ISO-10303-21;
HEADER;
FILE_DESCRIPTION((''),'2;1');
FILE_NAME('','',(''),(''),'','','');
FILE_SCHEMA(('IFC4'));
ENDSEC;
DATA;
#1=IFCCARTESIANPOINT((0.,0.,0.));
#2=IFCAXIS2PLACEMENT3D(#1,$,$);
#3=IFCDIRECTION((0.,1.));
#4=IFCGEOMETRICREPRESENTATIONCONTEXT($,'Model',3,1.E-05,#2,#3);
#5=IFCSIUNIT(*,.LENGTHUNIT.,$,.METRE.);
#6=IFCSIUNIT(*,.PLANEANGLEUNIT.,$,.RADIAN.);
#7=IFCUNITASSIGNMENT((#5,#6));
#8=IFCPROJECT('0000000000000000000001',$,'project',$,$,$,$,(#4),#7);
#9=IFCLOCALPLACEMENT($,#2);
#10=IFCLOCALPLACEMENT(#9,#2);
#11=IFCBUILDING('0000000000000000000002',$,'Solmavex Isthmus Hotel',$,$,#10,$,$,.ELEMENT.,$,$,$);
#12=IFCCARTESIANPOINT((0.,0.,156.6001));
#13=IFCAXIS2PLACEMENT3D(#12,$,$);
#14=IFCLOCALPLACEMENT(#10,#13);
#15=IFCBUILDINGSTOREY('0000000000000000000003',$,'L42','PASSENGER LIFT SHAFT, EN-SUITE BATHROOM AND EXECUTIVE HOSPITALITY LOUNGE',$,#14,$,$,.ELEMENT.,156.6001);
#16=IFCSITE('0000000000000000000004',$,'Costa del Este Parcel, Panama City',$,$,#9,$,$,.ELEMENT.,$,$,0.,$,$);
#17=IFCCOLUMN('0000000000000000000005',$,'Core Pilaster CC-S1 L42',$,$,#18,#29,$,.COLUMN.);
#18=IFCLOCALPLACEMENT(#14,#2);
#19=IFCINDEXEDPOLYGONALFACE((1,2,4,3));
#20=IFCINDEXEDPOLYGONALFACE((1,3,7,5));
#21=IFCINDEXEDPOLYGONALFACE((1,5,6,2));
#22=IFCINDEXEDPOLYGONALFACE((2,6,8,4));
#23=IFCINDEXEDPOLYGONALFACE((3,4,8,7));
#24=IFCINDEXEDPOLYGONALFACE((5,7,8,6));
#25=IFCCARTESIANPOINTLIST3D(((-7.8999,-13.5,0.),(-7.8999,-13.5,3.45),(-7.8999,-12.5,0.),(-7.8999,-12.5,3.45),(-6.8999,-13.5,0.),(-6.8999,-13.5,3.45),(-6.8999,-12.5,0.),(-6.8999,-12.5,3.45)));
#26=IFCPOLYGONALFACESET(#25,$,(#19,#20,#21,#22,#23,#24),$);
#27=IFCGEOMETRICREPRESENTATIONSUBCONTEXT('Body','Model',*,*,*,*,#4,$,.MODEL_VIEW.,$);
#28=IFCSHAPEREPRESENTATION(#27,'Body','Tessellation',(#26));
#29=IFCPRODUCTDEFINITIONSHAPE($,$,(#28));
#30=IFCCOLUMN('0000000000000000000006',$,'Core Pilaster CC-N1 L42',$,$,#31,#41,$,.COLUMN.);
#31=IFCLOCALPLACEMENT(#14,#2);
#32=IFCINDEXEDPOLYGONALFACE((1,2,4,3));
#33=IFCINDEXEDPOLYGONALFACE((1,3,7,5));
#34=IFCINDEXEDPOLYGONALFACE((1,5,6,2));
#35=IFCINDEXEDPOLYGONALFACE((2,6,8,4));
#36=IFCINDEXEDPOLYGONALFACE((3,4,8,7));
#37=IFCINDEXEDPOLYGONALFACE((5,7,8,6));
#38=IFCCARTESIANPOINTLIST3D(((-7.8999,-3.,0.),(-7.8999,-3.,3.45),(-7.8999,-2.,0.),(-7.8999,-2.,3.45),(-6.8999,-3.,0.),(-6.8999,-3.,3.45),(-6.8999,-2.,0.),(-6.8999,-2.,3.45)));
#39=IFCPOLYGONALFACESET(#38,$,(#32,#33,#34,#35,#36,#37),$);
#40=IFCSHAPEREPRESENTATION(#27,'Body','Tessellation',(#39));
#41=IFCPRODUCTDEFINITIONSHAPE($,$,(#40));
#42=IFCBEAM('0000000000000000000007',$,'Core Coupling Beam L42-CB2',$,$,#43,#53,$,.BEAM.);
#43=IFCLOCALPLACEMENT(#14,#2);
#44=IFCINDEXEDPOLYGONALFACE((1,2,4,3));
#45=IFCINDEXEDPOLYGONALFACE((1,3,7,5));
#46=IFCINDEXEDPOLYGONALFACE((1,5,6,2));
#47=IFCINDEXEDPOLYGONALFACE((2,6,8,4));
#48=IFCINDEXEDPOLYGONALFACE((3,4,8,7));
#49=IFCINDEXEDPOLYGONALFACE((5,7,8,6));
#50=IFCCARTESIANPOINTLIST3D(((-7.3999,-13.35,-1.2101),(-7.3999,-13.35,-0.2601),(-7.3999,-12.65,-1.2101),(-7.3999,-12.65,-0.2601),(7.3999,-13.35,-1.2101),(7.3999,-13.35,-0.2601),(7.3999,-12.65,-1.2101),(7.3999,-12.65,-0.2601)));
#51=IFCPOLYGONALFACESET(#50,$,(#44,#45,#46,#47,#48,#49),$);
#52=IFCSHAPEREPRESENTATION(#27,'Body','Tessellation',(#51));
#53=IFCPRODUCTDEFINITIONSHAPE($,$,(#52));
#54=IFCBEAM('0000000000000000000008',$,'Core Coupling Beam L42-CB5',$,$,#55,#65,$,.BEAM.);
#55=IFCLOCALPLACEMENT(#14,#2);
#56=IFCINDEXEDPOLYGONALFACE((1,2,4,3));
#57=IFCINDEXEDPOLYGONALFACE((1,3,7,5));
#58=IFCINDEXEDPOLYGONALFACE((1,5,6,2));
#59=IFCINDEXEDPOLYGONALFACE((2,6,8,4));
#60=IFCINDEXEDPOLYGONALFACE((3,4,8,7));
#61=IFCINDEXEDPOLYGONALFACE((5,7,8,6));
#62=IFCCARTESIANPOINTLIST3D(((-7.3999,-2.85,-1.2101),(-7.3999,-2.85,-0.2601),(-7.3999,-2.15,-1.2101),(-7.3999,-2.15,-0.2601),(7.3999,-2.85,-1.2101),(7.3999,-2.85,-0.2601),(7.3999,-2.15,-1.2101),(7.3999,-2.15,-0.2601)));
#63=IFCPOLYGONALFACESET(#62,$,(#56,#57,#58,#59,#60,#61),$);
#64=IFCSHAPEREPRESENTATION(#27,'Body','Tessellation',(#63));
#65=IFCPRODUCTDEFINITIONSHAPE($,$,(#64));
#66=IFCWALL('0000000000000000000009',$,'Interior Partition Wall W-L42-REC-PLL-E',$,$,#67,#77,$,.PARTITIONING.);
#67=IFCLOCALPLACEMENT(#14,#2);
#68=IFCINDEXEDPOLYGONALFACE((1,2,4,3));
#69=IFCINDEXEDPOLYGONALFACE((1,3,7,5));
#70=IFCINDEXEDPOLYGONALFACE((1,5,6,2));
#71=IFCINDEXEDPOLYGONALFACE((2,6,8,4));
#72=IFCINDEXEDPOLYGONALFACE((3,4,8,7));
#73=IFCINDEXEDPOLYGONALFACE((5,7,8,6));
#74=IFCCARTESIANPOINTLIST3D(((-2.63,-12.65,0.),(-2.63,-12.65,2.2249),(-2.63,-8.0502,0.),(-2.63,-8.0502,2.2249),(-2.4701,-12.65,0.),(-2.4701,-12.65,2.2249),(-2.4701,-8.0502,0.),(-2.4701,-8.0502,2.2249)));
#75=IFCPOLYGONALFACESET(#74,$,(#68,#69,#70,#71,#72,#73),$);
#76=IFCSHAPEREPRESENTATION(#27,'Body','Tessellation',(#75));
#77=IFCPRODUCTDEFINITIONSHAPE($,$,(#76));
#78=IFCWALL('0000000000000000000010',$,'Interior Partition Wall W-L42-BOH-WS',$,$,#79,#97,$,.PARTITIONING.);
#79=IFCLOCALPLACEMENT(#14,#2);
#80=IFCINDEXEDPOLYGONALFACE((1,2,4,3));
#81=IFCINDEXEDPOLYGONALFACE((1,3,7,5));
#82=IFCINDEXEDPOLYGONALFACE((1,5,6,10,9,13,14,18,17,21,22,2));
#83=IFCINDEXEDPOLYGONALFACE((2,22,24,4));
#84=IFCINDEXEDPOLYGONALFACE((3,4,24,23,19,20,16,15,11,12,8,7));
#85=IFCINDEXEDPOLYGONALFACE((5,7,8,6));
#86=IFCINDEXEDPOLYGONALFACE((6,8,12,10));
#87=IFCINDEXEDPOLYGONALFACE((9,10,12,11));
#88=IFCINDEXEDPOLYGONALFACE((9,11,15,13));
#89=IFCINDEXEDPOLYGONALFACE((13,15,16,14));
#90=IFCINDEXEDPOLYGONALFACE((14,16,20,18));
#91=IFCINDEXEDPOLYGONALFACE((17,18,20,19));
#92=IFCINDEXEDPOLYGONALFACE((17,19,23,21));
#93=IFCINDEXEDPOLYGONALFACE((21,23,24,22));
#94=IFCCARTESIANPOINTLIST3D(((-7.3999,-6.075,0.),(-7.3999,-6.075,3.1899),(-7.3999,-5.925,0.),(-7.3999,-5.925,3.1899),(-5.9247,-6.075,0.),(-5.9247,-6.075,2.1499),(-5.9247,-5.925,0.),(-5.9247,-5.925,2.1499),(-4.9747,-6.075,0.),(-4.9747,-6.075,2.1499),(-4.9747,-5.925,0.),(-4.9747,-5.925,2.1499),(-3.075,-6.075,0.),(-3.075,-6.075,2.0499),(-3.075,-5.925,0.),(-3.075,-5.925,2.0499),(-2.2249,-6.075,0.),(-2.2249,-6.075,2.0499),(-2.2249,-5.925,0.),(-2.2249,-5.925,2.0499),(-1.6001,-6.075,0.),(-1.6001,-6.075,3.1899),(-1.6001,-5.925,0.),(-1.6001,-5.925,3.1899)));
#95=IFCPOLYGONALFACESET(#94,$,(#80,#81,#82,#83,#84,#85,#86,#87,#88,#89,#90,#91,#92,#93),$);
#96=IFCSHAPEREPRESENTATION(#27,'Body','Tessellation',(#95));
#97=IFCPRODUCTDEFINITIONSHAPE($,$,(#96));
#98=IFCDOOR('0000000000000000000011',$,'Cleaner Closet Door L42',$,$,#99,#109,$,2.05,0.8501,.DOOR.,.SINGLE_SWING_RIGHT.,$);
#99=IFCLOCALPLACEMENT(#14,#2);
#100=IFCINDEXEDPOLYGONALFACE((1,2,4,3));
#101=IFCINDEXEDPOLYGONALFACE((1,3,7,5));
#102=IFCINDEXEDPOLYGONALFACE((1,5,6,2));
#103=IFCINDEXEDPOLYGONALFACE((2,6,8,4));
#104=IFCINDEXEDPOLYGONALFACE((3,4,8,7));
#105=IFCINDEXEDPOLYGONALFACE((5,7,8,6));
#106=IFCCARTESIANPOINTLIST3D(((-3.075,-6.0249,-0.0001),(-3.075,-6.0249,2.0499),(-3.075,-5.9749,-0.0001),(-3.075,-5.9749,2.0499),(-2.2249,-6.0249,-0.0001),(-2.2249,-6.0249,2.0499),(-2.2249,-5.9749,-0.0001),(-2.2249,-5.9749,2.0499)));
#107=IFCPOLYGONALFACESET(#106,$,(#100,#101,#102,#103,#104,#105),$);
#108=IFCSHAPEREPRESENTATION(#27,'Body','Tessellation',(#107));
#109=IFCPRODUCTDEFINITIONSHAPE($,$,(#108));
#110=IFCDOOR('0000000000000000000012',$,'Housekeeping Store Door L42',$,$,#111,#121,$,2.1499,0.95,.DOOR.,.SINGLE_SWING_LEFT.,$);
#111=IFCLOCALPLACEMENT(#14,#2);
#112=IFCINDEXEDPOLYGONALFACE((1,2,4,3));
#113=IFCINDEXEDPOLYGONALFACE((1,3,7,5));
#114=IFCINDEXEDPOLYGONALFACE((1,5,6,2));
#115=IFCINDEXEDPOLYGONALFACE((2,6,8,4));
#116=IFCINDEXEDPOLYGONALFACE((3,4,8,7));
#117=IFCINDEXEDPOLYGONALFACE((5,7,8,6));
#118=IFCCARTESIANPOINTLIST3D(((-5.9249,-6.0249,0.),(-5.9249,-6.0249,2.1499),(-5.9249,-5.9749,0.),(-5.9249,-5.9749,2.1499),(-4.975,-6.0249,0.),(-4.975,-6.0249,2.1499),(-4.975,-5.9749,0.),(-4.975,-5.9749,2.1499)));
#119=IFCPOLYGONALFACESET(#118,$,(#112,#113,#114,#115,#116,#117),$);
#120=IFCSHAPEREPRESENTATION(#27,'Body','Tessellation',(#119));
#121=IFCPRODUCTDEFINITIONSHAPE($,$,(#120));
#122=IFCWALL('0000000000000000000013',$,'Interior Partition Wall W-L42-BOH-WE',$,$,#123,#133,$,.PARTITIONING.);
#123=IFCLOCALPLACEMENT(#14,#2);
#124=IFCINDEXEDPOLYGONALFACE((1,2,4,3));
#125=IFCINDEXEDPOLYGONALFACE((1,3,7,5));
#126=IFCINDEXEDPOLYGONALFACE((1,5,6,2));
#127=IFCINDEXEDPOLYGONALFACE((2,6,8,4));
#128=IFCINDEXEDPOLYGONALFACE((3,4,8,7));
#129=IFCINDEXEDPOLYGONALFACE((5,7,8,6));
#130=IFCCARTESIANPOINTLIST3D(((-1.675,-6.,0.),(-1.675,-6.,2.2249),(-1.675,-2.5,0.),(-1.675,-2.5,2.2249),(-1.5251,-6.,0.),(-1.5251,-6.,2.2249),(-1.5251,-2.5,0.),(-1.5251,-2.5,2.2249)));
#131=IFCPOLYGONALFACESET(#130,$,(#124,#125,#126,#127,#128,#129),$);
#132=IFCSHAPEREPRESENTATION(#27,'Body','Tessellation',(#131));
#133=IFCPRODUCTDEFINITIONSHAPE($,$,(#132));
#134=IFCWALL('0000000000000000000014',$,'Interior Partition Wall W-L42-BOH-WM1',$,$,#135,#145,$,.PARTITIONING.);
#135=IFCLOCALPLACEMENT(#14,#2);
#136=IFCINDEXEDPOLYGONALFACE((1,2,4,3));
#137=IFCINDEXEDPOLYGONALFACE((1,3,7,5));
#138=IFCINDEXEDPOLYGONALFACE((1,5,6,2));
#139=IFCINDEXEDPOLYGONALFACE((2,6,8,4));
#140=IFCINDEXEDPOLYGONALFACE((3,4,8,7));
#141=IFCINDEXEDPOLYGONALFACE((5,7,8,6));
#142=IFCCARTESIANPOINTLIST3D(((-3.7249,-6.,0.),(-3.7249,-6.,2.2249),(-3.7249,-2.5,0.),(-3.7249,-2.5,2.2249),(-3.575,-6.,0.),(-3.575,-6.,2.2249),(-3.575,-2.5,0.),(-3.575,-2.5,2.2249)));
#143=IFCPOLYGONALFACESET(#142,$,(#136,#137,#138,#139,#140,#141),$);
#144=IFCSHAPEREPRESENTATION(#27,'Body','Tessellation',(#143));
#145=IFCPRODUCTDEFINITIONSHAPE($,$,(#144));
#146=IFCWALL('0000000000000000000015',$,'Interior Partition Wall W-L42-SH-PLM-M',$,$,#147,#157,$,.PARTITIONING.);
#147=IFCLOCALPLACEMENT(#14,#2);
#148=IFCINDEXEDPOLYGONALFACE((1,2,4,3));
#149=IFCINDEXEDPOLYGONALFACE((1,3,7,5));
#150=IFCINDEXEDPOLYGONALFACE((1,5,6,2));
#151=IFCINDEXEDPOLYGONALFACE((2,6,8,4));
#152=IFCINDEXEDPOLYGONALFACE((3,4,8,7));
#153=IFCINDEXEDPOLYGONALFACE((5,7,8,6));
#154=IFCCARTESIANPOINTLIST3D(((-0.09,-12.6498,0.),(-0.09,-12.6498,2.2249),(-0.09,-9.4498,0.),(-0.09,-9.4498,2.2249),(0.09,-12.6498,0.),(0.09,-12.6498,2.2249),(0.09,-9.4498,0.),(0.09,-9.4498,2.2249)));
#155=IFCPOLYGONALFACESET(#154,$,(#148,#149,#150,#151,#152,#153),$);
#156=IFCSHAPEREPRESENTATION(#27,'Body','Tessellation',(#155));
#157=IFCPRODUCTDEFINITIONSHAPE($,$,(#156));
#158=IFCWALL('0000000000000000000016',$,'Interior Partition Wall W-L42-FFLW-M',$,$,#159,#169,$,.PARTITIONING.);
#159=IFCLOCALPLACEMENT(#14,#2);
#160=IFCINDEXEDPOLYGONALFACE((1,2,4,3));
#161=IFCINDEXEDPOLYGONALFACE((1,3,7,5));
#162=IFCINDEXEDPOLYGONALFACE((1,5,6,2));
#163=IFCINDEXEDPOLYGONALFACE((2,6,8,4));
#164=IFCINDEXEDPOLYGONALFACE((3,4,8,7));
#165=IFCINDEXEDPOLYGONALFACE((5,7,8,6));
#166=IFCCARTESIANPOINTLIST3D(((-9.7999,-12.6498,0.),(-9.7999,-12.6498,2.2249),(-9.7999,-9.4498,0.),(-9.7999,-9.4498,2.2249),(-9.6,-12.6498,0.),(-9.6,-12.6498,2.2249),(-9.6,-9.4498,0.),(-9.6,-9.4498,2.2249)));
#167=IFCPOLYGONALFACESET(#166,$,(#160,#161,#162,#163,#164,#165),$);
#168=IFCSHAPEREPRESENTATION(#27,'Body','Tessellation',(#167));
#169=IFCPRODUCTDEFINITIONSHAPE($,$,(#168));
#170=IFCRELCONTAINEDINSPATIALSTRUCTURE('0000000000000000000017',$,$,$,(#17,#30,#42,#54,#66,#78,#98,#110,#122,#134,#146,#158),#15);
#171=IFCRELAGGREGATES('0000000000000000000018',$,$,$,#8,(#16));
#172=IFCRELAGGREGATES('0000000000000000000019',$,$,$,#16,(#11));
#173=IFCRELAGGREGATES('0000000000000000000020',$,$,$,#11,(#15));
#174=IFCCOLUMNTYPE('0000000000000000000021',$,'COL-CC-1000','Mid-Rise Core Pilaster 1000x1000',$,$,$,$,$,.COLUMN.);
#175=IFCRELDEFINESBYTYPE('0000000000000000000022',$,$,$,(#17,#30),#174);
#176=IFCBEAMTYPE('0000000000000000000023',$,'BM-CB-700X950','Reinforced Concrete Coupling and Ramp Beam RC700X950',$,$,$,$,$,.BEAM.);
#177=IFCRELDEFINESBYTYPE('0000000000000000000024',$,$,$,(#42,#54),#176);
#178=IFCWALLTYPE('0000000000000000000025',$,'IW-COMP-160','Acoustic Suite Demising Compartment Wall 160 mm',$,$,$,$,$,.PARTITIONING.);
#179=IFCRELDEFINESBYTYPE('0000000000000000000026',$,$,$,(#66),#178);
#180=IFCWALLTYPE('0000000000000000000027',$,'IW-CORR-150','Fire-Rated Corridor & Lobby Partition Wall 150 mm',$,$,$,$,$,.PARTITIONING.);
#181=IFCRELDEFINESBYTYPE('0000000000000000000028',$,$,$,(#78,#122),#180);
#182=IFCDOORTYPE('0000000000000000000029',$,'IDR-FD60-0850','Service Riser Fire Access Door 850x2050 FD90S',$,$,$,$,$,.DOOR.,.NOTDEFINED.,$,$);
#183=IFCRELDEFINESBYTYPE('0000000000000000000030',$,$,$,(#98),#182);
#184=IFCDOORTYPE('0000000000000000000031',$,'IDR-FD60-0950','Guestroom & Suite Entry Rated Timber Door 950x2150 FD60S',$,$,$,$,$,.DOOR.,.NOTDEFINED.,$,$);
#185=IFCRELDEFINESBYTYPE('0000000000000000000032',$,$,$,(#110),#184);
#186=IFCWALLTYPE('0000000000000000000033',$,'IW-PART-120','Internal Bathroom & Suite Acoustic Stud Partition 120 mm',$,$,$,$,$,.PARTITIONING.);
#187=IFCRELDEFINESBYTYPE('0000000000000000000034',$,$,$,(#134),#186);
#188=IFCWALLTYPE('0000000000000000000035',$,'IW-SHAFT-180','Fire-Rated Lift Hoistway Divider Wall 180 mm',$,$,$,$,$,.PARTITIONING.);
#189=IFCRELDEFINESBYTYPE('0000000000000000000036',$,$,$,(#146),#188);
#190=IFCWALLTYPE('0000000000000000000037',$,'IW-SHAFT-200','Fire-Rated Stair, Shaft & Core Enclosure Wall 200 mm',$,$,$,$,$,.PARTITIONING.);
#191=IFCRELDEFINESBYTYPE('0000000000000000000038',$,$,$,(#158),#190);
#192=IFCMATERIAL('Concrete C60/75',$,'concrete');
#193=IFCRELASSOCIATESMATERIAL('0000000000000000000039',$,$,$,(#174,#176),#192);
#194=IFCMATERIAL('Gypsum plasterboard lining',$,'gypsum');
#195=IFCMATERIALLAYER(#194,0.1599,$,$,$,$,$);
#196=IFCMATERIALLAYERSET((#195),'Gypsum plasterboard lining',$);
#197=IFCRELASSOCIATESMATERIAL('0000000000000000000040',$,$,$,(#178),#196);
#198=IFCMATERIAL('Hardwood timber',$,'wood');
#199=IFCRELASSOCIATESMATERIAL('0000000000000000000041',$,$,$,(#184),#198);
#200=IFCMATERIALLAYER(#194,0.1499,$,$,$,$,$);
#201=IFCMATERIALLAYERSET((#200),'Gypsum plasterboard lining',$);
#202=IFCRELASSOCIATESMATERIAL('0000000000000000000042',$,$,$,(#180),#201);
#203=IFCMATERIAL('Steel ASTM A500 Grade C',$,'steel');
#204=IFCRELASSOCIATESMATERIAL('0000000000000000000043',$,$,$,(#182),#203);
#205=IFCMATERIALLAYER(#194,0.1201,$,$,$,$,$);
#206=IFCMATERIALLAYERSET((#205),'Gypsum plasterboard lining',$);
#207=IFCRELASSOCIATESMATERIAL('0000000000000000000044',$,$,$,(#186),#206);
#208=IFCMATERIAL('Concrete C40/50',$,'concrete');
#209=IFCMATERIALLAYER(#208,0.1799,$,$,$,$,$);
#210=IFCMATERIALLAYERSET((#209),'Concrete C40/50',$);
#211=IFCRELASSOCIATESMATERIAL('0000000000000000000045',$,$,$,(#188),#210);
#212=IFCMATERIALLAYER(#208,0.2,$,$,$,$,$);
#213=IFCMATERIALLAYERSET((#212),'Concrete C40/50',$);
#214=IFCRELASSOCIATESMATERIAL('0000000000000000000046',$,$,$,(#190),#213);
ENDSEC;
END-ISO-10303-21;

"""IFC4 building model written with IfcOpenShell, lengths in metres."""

from ifc_helpers import new_model, si_unit, direction, frame, frame_2d, origin, origin_2d, place, context, subcontext, project, spatial, rectangle, extrude, material, layer, layer_set, material_profile, profile_set, type_object, element, fill, save


model = new_model("IFC4")

# Units and contexts
model_context = context("Model", 3, precision=1e-05, world=origin(), true_north=direction((0.0, 1.0)))
body_context = subcontext(model_context, "Body", "Model", "MODEL_VIEW")
ifc_project = project(units=[si_unit("LENGTHUNIT", "METRE"), si_unit("PLANEANGLEUNIT", "RADIAN")], contexts=[model_context])

# Site, building, storey
site_placement = place(None, origin())
site = spatial("IfcSite", under=ifc_project, at=site_placement, Name="Costa del Este Parcel, Panama City", CompositionType="ELEMENT", RefElevation=0.0)
building_placement = place(site_placement, origin())
building = spatial("IfcBuilding", under=site, at=building_placement, Name="Solmavex Isthmus Hotel", CompositionType="ELEMENT")
storey_placement = place(building_placement, frame((0.0, 0.0, 156.6001)))
storey = spatial("IfcBuildingStorey", under=building, at=storey_placement, Name="L42", Description="PASSENGER LIFT SHAFT, EN-SUITE BATHROOM AND EXECUTIVE HOSPITALITY LOUNGE", CompositionType="ELEMENT", Elevation=156.6001)

# Columns
ifc_material_1 = material(Name="Concrete C60/75", Category="concrete")
ifc_material_profile_1 = material_profile(ifc_material_1, rectangle(XDim=1.0, YDim=1.0, at=origin_2d()), Name="RC1000X1000")
ifc_profile_set_1 = profile_set([ifc_material_profile_1], Name="Concrete C60/75")
column_type = type_object("IfcColumnType", Name="COL-CC-1000", Description="Mid-Rise Core Pilaster 1000x1000", PredefinedType="COLUMN", material=ifc_profile_set_1)
for number, where, z_axis, x_axis, name in (
    (1, (-7.3999, -13.0, 0.0), (0.0, 0.0, 1.0), (1.0, 0.0, 0.0), "Core Pilaster CC-S1 L42"),
    (2, (-7.3999, -2.5, 0.0), (0.0, 0.0, 1.0), (1.0, 0.0, 0.0), "Core Pilaster CC-N1 L42"),
):
    element("IfcColumn", number, at=place(storey_placement, frame(where, z_axis=z_axis, x_axis=x_axis)), inside=storey, type_object=column_type, Name=name, PredefinedType="COLUMN", context=body_context, shape_type="SweptSolid", body=[
        extrude(rectangle(XDim=1.0, YDim=1.0, at=origin_2d()), origin(), (0.0, 0.0, 1.0), 3.45),
    ])

# Beams
ifc_material_profile_2 = material_profile(ifc_material_1, rectangle(XDim=0.7, YDim=0.95, at=origin_2d()), Name="RC700X950")
ifc_profile_set_2 = profile_set([ifc_material_profile_2], Name="Concrete C60/75")
beam_type = type_object("IfcBeamType", Name="BM-CB-700X950", Description="Reinforced Concrete Coupling and Ramp Beam RC700X950", PredefinedType="BEAM", material=ifc_profile_set_2)
for number, where, z_axis, x_axis, name in (
    (3, (-7.3999, -13.0, -0.7351), (1.0, 0.0, 0.0), (0.0, 1.0, 0.0), "Core Coupling Beam L42-CB2"),
    (4, (-7.3999, -2.5, -0.7351), (1.0, 0.0, 0.0), (0.0, 1.0, 0.0), "Core Coupling Beam L42-CB5"),
):
    element("IfcBeam", number, at=place(storey_placement, frame(where, z_axis=z_axis, x_axis=x_axis)), inside=storey, type_object=beam_type, Name=name, PredefinedType="BEAM", context=body_context, shape_type="SweptSolid", body=[
        extrude(rectangle(XDim=0.7, YDim=0.95, at=origin_2d()), origin(), (0.0, 0.0, 1.0), 14.7998),
    ])

# Shared definitions
ifc_material_2 = material(Name="Gypsum plasterboard lining", Category="gypsum")
ifc_layer_1 = layer(ifc_material_2, 0.1599)
ifc_layer_set_1 = layer_set([ifc_layer_1], Name="Gypsum plasterboard lining")
wall_type_1 = type_object("IfcWallType", Name="IW-COMP-160", Description="Acoustic Suite Demising Compartment Wall 160 mm", PredefinedType="PARTITIONING", material=ifc_layer_set_1)
ifc_material_3 = material(Name="Hardwood timber", Category="wood")
door_type_1 = type_object("IfcDoorType", Name="IDR-FD60-0950", Description="Guestroom & Suite Entry Rated Timber Door 950x2150 FD60S", OperationType="NOTDEFINED", PredefinedType="DOOR", material=ifc_material_3)

# Wall
wall_1_placement = place(storey_placement, frame((-2.55, -12.6499, 0.0), z_axis=(0.0, 0.0, 1.0), x_axis=(0.0, 1.0, 0.0)))
element("IfcWall", 5, at=wall_1_placement, inside=storey, type_object=wall_type_1, Name="Interior Partition Wall W-L42-REC-PLL-E", PredefinedType="PARTITIONING", context=body_context, shape_type="SweptSolid", body=[
    extrude(rectangle(XDim=4.5999, YDim=0.1599, at=frame_2d((2.2998, 0.0))), origin(), (0.0, 0.0, 1.0), 2.2249),
])

# Wall, openings, doors
ifc_layer_2 = layer(ifc_material_2, 0.1499)
ifc_layer_set_2 = layer_set([ifc_layer_2], Name="Gypsum plasterboard lining")
wall_type_2 = type_object("IfcWallType", Name="IW-CORR-150", Description="Fire-Rated Corridor & Lobby Partition Wall 150 mm", PredefinedType="PARTITIONING", material=ifc_layer_set_2)
wall_2_placement = place(storey_placement, frame((-7.3999, -6.0, 0.0), z_axis=(0.0, 0.0, 1.0), x_axis=(1.0, 0.0, 0.0)))
wall_2 = element("IfcWall", 6, at=wall_2_placement, inside=storey, type_object=wall_type_2, Name="Interior Partition Wall W-L42-BOH-WS", PredefinedType="PARTITIONING", context=body_context, shape_type="SweptSolid", body=[
    extrude(rectangle(XDim=5.7998, YDim=0.1499, at=frame_2d((2.8999, 0.0))), origin(), (0.0, 0.0, 1.0), 3.1899),
])
opening_1_placement = place(wall_2_placement, frame((1.4751, 0.0, 0.0)))
opening_1 = element("IfcOpeningElement", 7, at=opening_1_placement, cuts=wall_2, PredefinedType="OPENING", context=body_context, shape_type="SweptSolid", body=[
    extrude(rectangle(XDim=0.95, YDim=2.1499, at=frame_2d((0.4751, 1.075))), frame((0.0, 0.085, 0.0), z_axis=(0.0, -1.0, 0.0), x_axis=(1.0, 0.0, 0.0)), (0.0, 0.0, 1.0), 0.1699),
])
opening_2_placement = place(wall_2_placement, frame((4.325, 0.0, 0.0)))
opening_2 = element("IfcOpeningElement", 8, at=opening_2_placement, cuts=wall_2, PredefinedType="OPENING", context=body_context, shape_type="SweptSolid", body=[
    extrude(rectangle(XDim=0.8501, YDim=2.05, at=frame_2d((0.425, 1.0249))), frame((0.0, 0.085, 0.0), z_axis=(0.0, -1.0, 0.0), x_axis=(1.0, 0.0, 0.0)), (0.0, 0.0, 1.0), 0.1699),
])
ifc_material_4 = material(Name="Steel ASTM A500 Grade C", Category="steel")
door_type_2 = type_object("IfcDoorType", Name="IDR-FD60-0850", Description="Service Riser Fire Access Door 850x2050 FD90S", OperationType="NOTDEFINED", PredefinedType="DOOR", material=ifc_material_4)
door_1_placement = place(opening_2_placement, frame((0.8501, 0.0, 0.0), z_axis=(0.0, 0.0, 1.0), x_axis=(-1.0, 0.0, 0.0)))
door_1 = element("IfcDoor", 9, at=door_1_placement, inside=storey, type_object=door_type_2, Name="Cleaner Closet Door L42", OperationType="SINGLE_SWING_RIGHT", OverallHeight=2.05, OverallWidth=0.8501, PredefinedType="DOOR", context=body_context, shape_type="SweptSolid", body=[
    extrude(rectangle(XDim=0.8501, YDim=2.05, at=frame_2d((0.425, 1.0249))), frame((0.0, 0.0249, 0.0), z_axis=(0.0, -1.0, 0.0), x_axis=(1.0, 0.0, 0.0)), (0.0, 0.0, 1.0), 0.05),
])
fill(opening_2, door_1)
door_2_placement = place(opening_1_placement, frame((0.95, 0.0, 0.0), z_axis=(0.0, 0.0, 1.0), x_axis=(-1.0, 0.0, 0.0)))
door_2 = element("IfcDoor", 10, at=door_2_placement, inside=storey, type_object=door_type_1, Name="Housekeeping Store Door L42", OperationType="SINGLE_SWING_LEFT", OverallHeight=2.1499, OverallWidth=0.95, PredefinedType="DOOR", context=body_context, shape_type="SweptSolid", body=[
    extrude(rectangle(XDim=0.95, YDim=2.1499, at=frame_2d((0.4751, 1.075))), frame((0.0, 0.0249, 0.0), z_axis=(0.0, -1.0, 0.0), x_axis=(1.0, 0.0, 0.0)), (0.0, 0.0, 1.0), 0.05),
])
fill(opening_1, door_2)

# Walls
wall_3_placement = place(storey_placement, frame((-1.6001, -6.0, 0.0), z_axis=(0.0, 0.0, 1.0), x_axis=(0.0, 1.0, 0.0)))
element("IfcWall", 11, at=wall_3_placement, inside=storey, type_object=wall_type_2, Name="Interior Partition Wall W-L42-BOH-WE", PredefinedType="PARTITIONING", context=body_context, shape_type="SweptSolid", body=[
    extrude(rectangle(XDim=3.5, YDim=0.1499, at=frame_2d((1.75, 0.0))), origin(), (0.0, 0.0, 1.0), 2.2249),
])
ifc_layer_3 = layer(ifc_material_2, 0.1201)
ifc_layer_set_3 = layer_set([ifc_layer_3], Name="Gypsum plasterboard lining")
wall_type_3 = type_object("IfcWallType", Name="IW-PART-120", Description="Internal Bathroom & Suite Acoustic Stud Partition 120 mm", PredefinedType="PARTITIONING", material=ifc_layer_set_3)
wall_4_placement = place(storey_placement, frame((-3.6499, -6.0, 0.0), z_axis=(0.0, 0.0, 1.0), x_axis=(0.0, 1.0, 0.0)))
element("IfcWall", 12, at=wall_4_placement, inside=storey, type_object=wall_type_3, Name="Interior Partition Wall W-L42-BOH-WM1", PredefinedType="PARTITIONING", context=body_context, shape_type="SweptSolid", body=[
    extrude(rectangle(XDim=3.5, YDim=0.1499, at=frame_2d((1.75, 0.0))), origin(), (0.0, 0.0, 1.0), 2.2249),
])
ifc_material_5 = material(Name="Concrete C40/50", Category="concrete")
ifc_layer_4 = layer(ifc_material_5, 0.1799)
ifc_layer_set_4 = layer_set([ifc_layer_4], Name="Concrete C40/50")
wall_type_4 = type_object("IfcWallType", Name="IW-SHAFT-180", Description="Fire-Rated Lift Hoistway Divider Wall 180 mm", PredefinedType="PARTITIONING", material=ifc_layer_set_4)
wall_5_placement = place(storey_placement, frame((0.0, -12.6499, 0.0), z_axis=(0.0, 0.0, 1.0), x_axis=(0.0, 1.0, 0.0)))
element("IfcWall", 13, at=wall_5_placement, inside=storey, type_object=wall_type_4, Name="Interior Partition Wall W-L42-SH-PLM-M", PredefinedType="PARTITIONING", context=body_context, shape_type="SweptSolid", body=[
    extrude(rectangle(XDim=3.2, YDim=0.1799, at=frame_2d((1.6001, 0.0))), origin(), (0.0, 0.0, 1.0), 2.2249),
])
ifc_layer_5 = layer(ifc_material_5, 0.2)
ifc_layer_set_5 = layer_set([ifc_layer_5], Name="Concrete C40/50")
wall_type_5 = type_object("IfcWallType", Name="IW-SHAFT-200", Description="Fire-Rated Stair, Shaft & Core Enclosure Wall 200 mm", PredefinedType="PARTITIONING", material=ifc_layer_set_5)
wall_6_placement = place(storey_placement, frame((-9.7, -12.6499, 0.0), z_axis=(0.0, 0.0, 1.0), x_axis=(0.0, 1.0, 0.0)))
element("IfcWall", 14, at=wall_6_placement, inside=storey, type_object=wall_type_5, Name="Interior Partition Wall W-L42-FFLW-M", PredefinedType="PARTITIONING", context=body_context, shape_type="SweptSolid", body=[
    extrude(rectangle(XDim=3.2, YDim=0.2, at=frame_2d((1.6001, 0.0))), origin(), (0.0, 0.0, 1.0), 2.2249),
])

save(model, "model.ifc")
